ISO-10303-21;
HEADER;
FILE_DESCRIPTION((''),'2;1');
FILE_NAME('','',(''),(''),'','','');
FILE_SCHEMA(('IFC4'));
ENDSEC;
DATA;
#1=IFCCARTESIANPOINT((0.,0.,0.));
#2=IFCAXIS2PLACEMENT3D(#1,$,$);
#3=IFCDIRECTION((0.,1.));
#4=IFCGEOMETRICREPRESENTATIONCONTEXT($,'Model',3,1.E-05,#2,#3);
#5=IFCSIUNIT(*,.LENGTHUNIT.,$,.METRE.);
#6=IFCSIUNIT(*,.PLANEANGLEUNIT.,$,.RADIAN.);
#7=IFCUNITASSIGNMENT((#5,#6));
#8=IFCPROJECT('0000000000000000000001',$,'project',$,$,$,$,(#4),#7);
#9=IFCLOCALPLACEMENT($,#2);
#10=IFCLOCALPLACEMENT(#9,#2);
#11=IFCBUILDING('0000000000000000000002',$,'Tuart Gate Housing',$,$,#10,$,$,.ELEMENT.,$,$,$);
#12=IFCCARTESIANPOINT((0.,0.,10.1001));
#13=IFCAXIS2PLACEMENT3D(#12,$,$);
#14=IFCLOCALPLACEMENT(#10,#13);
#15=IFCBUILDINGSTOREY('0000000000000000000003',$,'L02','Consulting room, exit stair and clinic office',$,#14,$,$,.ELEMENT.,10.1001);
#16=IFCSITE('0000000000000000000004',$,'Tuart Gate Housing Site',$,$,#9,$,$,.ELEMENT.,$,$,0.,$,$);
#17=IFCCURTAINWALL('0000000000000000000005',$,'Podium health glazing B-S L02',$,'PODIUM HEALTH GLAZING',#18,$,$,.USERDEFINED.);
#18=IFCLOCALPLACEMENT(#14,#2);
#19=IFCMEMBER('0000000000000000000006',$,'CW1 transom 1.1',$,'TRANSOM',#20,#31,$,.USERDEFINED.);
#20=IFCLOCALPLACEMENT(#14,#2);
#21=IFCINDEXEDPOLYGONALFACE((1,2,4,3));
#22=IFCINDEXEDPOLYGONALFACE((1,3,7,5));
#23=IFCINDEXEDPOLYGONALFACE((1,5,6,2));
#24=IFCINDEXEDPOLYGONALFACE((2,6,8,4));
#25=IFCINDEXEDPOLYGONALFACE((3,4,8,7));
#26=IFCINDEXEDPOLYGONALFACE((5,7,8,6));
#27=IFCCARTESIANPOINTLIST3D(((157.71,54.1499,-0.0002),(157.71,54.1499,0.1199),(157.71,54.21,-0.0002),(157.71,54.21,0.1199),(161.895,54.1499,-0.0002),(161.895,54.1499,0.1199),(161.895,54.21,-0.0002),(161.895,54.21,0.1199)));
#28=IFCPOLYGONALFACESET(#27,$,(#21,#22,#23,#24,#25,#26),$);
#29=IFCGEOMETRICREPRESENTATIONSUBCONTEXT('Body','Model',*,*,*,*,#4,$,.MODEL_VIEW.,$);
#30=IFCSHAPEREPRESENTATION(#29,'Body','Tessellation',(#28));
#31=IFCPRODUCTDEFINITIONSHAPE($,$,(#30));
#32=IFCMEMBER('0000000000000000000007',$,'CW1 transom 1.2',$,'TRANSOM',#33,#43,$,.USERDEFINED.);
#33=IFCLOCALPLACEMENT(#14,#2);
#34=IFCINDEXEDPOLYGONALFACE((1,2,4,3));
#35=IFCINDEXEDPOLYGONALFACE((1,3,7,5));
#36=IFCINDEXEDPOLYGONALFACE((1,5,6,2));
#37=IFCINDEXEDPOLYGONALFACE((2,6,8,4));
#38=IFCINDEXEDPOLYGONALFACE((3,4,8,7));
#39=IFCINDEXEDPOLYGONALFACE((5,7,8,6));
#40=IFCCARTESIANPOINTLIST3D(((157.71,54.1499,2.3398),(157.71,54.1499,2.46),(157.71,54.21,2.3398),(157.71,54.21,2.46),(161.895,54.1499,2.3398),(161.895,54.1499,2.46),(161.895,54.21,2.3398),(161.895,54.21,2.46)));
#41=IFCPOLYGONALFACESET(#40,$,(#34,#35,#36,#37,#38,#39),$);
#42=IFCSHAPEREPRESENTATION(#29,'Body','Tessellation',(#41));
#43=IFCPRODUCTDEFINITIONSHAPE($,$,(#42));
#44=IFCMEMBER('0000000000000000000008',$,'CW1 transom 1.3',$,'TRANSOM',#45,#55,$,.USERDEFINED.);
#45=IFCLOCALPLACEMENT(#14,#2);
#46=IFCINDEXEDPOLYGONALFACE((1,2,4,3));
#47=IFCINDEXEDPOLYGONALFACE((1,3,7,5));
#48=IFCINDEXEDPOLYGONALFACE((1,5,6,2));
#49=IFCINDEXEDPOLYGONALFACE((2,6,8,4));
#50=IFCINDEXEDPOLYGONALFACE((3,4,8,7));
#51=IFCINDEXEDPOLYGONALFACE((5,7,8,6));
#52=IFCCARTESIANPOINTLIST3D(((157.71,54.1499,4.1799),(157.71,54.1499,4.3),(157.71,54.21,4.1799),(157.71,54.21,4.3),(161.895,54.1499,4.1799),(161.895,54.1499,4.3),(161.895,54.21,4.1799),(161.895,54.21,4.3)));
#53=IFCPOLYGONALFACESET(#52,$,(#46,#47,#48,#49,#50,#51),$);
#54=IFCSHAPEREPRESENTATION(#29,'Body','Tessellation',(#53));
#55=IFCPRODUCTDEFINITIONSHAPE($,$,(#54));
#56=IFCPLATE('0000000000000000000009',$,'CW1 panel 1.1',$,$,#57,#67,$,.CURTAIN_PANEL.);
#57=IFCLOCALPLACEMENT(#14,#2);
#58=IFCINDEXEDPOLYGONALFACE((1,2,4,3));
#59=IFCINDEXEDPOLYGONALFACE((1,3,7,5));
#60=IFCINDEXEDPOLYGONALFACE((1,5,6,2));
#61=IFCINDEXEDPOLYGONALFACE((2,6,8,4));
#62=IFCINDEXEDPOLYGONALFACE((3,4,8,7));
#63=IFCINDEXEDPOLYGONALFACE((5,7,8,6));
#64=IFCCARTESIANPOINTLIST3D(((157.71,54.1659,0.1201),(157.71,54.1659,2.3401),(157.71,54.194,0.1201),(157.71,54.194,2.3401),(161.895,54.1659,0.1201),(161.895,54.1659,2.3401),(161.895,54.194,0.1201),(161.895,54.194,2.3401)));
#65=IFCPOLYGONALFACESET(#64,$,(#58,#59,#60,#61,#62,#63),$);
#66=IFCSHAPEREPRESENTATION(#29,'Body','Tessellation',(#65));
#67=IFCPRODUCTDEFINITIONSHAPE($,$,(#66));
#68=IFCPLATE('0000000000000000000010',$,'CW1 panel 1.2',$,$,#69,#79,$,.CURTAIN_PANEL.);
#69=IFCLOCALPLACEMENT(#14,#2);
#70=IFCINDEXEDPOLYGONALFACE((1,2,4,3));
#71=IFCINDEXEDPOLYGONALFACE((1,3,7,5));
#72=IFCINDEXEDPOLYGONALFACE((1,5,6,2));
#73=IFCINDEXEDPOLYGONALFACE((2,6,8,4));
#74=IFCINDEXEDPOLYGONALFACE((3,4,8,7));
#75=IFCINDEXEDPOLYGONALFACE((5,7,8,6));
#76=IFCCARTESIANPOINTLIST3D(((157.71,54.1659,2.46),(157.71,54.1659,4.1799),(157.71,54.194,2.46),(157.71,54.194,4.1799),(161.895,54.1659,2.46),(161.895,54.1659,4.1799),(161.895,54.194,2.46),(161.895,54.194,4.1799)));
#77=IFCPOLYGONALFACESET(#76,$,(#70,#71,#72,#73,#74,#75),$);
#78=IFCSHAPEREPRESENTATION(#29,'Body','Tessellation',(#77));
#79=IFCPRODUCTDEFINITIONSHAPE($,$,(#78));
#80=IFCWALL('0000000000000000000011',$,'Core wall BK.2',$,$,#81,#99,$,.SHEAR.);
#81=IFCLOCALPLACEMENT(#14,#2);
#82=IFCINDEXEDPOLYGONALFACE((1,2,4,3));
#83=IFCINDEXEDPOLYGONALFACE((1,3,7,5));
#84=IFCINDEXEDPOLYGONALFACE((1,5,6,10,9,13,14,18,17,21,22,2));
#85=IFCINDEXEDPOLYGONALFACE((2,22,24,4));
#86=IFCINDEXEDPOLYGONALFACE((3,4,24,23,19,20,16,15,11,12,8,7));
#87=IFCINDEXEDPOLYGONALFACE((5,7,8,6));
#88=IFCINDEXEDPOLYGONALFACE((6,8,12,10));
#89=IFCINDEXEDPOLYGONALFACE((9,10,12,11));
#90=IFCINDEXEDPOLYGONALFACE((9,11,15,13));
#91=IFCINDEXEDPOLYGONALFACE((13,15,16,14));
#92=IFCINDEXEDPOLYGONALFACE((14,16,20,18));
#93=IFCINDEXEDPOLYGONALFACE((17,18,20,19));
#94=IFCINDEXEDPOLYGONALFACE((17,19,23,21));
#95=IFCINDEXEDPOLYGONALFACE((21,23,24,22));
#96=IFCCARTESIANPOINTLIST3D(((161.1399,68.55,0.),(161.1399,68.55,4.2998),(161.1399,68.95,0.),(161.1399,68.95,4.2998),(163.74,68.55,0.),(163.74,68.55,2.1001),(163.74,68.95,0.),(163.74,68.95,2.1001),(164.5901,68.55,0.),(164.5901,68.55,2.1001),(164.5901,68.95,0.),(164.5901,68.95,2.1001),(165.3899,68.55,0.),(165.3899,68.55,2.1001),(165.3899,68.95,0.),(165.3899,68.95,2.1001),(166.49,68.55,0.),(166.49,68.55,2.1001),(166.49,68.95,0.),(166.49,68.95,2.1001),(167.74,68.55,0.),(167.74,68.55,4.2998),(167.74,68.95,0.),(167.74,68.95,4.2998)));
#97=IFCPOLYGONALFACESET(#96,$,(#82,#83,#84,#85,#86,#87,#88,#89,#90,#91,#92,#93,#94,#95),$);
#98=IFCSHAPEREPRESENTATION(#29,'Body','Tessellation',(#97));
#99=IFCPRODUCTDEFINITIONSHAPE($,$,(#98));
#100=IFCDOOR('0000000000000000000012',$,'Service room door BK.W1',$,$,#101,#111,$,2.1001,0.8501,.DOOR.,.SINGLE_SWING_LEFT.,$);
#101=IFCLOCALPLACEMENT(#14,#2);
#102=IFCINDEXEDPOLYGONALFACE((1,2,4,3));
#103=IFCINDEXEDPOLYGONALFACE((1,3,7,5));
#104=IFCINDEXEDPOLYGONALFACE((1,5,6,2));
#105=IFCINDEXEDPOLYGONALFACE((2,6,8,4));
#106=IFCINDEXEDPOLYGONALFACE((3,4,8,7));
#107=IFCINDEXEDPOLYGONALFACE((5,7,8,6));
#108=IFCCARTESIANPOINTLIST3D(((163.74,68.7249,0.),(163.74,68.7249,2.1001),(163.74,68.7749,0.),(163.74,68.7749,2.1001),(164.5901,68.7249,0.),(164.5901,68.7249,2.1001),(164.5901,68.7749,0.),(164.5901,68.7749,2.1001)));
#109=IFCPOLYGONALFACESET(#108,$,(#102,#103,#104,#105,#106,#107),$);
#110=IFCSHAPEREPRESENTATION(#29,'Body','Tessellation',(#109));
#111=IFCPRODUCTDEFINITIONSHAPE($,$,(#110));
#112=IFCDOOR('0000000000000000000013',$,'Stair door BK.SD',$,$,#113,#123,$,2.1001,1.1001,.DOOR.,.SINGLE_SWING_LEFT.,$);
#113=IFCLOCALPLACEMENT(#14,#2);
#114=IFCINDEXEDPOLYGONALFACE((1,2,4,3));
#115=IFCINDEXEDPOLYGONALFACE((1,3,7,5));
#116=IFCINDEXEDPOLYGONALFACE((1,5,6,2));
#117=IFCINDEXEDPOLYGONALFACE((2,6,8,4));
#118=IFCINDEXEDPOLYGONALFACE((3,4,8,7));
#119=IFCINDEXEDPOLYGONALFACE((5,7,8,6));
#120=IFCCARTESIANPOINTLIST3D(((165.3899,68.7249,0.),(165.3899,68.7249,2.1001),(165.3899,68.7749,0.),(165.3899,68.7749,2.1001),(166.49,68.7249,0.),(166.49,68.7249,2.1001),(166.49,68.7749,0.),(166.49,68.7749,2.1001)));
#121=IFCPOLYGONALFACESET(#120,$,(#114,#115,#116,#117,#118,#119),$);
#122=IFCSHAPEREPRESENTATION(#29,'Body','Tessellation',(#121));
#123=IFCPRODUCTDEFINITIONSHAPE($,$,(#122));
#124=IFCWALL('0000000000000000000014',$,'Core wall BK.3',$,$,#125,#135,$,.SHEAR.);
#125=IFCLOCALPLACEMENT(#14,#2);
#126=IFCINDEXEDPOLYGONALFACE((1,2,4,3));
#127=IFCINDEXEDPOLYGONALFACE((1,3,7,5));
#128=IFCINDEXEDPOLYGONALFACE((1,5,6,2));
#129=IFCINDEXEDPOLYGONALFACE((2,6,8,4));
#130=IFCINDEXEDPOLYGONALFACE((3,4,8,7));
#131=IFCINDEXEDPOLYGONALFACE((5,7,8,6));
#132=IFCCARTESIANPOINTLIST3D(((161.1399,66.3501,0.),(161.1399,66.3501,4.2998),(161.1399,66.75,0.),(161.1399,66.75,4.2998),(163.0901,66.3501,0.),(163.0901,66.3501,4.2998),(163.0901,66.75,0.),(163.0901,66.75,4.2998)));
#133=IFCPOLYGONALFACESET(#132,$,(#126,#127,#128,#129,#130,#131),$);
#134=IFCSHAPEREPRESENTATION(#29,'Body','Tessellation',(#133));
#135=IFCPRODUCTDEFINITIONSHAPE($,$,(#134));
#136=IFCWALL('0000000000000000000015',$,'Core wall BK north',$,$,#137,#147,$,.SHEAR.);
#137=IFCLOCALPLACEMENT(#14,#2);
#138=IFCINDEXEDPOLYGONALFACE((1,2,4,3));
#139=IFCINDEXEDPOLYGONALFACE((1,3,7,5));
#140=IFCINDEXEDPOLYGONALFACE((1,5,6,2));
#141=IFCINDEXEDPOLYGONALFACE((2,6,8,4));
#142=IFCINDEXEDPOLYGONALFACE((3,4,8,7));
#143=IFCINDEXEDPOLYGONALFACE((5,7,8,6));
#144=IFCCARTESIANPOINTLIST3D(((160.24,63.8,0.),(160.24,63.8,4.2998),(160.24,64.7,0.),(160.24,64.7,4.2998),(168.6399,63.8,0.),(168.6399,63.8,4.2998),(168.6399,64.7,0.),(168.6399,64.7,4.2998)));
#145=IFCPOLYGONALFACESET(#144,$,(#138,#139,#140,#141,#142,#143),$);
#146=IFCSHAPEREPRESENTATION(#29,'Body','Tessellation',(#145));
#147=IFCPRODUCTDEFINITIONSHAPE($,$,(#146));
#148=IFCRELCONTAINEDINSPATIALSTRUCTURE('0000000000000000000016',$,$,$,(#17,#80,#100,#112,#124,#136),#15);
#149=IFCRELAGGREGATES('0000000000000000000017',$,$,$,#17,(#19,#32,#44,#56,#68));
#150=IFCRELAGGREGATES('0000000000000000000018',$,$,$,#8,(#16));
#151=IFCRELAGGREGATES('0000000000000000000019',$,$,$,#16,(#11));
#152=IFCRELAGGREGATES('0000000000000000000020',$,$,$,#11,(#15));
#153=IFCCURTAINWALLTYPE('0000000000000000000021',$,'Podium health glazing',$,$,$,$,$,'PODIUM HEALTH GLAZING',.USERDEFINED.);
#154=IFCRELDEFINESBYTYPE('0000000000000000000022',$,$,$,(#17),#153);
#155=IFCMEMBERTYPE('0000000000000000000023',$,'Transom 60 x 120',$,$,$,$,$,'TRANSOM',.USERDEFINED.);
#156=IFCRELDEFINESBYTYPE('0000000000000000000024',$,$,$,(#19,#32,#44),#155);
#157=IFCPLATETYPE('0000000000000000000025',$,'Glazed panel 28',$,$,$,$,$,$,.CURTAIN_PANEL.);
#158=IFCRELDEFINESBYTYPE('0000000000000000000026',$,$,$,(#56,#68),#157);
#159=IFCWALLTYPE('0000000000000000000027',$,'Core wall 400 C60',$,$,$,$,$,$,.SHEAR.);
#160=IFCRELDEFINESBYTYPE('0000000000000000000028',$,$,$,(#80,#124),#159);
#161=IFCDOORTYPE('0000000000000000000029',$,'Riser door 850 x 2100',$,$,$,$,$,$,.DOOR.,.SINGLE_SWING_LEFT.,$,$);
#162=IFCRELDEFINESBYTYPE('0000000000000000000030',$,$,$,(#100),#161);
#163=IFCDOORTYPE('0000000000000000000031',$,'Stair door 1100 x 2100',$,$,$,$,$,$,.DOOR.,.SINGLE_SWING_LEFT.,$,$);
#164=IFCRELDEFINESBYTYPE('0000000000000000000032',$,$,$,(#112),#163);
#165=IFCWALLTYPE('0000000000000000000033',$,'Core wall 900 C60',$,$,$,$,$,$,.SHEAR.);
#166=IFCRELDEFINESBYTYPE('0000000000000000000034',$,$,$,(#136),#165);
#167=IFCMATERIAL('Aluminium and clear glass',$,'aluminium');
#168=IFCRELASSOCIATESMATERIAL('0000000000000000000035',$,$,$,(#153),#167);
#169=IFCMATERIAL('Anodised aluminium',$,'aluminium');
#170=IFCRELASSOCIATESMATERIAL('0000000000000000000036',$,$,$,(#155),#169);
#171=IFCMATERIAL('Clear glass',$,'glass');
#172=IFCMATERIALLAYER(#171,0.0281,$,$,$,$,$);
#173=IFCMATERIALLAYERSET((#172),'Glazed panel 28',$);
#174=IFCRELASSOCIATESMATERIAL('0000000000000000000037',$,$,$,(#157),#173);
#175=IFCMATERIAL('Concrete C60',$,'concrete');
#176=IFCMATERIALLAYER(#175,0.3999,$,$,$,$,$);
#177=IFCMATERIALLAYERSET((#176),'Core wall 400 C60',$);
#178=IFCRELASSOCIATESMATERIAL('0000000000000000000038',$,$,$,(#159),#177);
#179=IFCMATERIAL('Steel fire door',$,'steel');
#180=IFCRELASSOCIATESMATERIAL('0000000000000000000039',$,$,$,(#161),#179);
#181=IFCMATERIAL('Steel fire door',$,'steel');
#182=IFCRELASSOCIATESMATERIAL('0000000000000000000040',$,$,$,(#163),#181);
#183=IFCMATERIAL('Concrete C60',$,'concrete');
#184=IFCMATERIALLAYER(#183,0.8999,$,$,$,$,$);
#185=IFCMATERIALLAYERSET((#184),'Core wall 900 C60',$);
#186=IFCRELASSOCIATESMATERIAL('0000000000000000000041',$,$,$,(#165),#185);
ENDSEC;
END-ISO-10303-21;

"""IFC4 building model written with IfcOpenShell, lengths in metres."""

from ifc_helpers import new_model, si_unit, direction, frame, frame_2d, origin, origin_2d, place, context, subcontext, project, spatial, rectangle, extrude, material, layer, layer_set, material_profile, profile_set, type_object, element, fill, aggregate, save


model = new_model("IFC4")

# Units and contexts
model_context = context("Model", 3, precision=1e-05, world=origin(), true_north=direction((0.0, 1.0)))
body_context = subcontext(model_context, "Body", "Model", "MODEL_VIEW")
ifc_project = project(units=[si_unit("LENGTHUNIT", "METRE"), si_unit("PLANEANGLEUNIT", "RADIAN")], contexts=[model_context])

# Site, building, storey
site_placement = place(None, origin())
site = spatial("IfcSite", under=ifc_project, at=site_placement, Name="Tuart Gate Housing Site", CompositionType="ELEMENT", RefElevation=0.0)
building_placement = place(site_placement, origin())
building = spatial("IfcBuilding", under=site, at=building_placement, Name="Tuart Gate Housing", CompositionType="ELEMENT")
storey_placement = place(building_placement, frame((0.0, 0.0, 10.1001)))
storey = spatial("IfcBuildingStorey", under=building, at=storey_placement, Name="L02", Description="Consulting room, exit stair and clinic office", CompositionType="ELEMENT", Elevation=10.1001)

# Curtain wall, members, plates
ifc_material_1 = material(Name="Aluminium and clear glass", Category="aluminium")
curtain_wall_type = type_object("IfcCurtainWallType", Name="Podium health glazing", ElementType="PODIUM HEALTH GLAZING", PredefinedType="USERDEFINED", material=ifc_material_1)
curtain_wall_placement = place(storey_placement, origin())
curtain_wall = element("IfcCurtainWall", 1, at=curtain_wall_placement, inside=storey, type_object=curtain_wall_type, Name="Podium health glazing B-S L02", ObjectType="PODIUM HEALTH GLAZING", PredefinedType="USERDEFINED")
ifc_material_2 = material(Name="Anodised aluminium", Category="aluminium")
ifc_material_profile = material_profile(ifc_material_2, rectangle(XDim=0.0601, YDim=0.1201, at=origin_2d()), Name="60x120")
ifc_profile_set = profile_set([ifc_material_profile], Name="Anodised aluminium")
member_type = type_object("IfcMemberType", Name="Transom 60 x 120", ElementType="TRANSOM", PredefinedType="USERDEFINED", material=ifc_profile_set)
member_1_placement = place(storey_placement, frame((157.71, 54.1799, 0.0598), z_axis=(1.0, 0.0, 0.0), x_axis=(0.0, 1.0, 0.0)))
member_1 = element("IfcMember", 2, at=member_1_placement, type_object=member_type, Name="CW1 transom 1.1", ObjectType="TRANSOM", PredefinedType="USERDEFINED", context=body_context, shape_type="SweptSolid", body=[
    extrude(rectangle(XDim=0.0601, YDim=0.1201, at=origin_2d()), origin(), (0.0, 0.0, 1.0), 4.1851),
])
member_2_placement = place(storey_placement, frame((157.71, 54.1799, 2.3999), z_axis=(1.0, 0.0, 0.0), x_axis=(0.0, 1.0, 0.0)))
member_2 = element("IfcMember", 3, at=member_2_placement, type_object=member_type, Name="CW1 transom 1.2", ObjectType="TRANSOM", PredefinedType="USERDEFINED", context=body_context, shape_type="SweptSolid", body=[
    extrude(rectangle(XDim=0.0601, YDim=0.1201, at=origin_2d()), origin(), (0.0, 0.0, 1.0), 4.1851),
])
member_3_placement = place(storey_placement, frame((157.71, 54.1799, 4.24), z_axis=(1.0, 0.0, 0.0), x_axis=(0.0, 1.0, 0.0)))
member_3 = element("IfcMember", 4, at=member_3_placement, type_object=member_type, Name="CW1 transom 1.3", ObjectType="TRANSOM", PredefinedType="USERDEFINED", context=body_context, shape_type="SweptSolid", body=[
    extrude(rectangle(XDim=0.0601, YDim=0.1201, at=origin_2d()), origin(), (0.0, 0.0, 1.0), 4.1851),
])
ifc_material_3 = material(Name="Clear glass", Category="glass")
ifc_layer_1 = layer(ifc_material_3, 0.0281)
ifc_layer_set_1 = layer_set([ifc_layer_1], Name="Glazed panel 28")
plate_type = type_object("IfcPlateType", Name="Glazed panel 28", PredefinedType="CURTAIN_PANEL", material=ifc_layer_set_1)
plate_1_placement = place(storey_placement, frame((159.8025, 54.1799, 0.1201), z_axis=(0.0, 0.0, 1.0), x_axis=(1.0, 0.0, 0.0)))
plate_1 = element("IfcPlate", 5, at=plate_1_placement, type_object=plate_type, Name="CW1 panel 1.1", PredefinedType="CURTAIN_PANEL", context=body_context, shape_type="SweptSolid", body=[
    extrude(rectangle(XDim=4.1851, YDim=0.0281, at=origin_2d()), origin(), (0.0, 0.0, 1.0), 2.22),
])
plate_2_placement = place(storey_placement, frame((159.8025, 54.1799, 2.46), z_axis=(0.0, 0.0, 1.0), x_axis=(1.0, 0.0, 0.0)))
plate_2 = element("IfcPlate", 6, at=plate_2_placement, type_object=plate_type, Name="CW1 panel 1.2", PredefinedType="CURTAIN_PANEL", context=body_context, shape_type="SweptSolid", body=[
    extrude(rectangle(XDim=4.1851, YDim=0.0281, at=origin_2d()), origin(), (0.0, 0.0, 1.0), 1.72),
])
aggregate(curtain_wall, [member_1, member_2, member_3, plate_1, plate_2])

# Wall, openings, doors
ifc_material_4 = material(Name="Concrete C60", Category="concrete")
ifc_layer_2 = layer(ifc_material_4, 0.3999)
ifc_layer_set_2 = layer_set([ifc_layer_2], Name="Core wall 400 C60")
wall_type_1 = type_object("IfcWallType", Name="Core wall 400 C60", PredefinedType="SHEAR", material=ifc_layer_set_2)
wall_1_placement = place(storey_placement, frame((161.1399, 68.75, 0.0), z_axis=(0.0, 0.0, 1.0), x_axis=(1.0, 0.0, 0.0)))
wall_1 = element("IfcWall", 7, at=wall_1_placement, inside=storey, type_object=wall_type_1, Name="Core wall BK.2", PredefinedType="SHEAR", context=body_context, shape_type="SweptSolid", body=[
    extrude(rectangle(XDim=6.6001, YDim=0.3999, at=frame_2d((3.3, 0.0))), origin(), (0.0, 0.0, 1.0), 4.2998),
])
opening_1_placement = place(wall_1_placement, frame((4.25, 0.0, 0.0)))
opening_1 = element("IfcOpeningElement", 8, at=opening_1_placement, cuts=wall_1, PredefinedType="OPENING", context=body_context, shape_type="SweptSolid", body=[
    extrude(rectangle(XDim=1.1001, YDim=2.1001, at=frame_2d((0.55, 1.05))), frame((0.0, 0.21, 0.0), z_axis=(0.0, -1.0, 0.0), x_axis=(1.0, 0.0, 0.0)), (0.0, 0.0, 1.0), 0.4199),
])
opening_2_placement = place(wall_1_placement, frame((2.6001, 0.0, 0.0)))
opening_2 = element("IfcOpeningElement", 9, at=opening_2_placement, cuts=wall_1, PredefinedType="OPENING", context=body_context, shape_type="SweptSolid", body=[
    extrude(rectangle(XDim=0.8501, YDim=2.1001, at=frame_2d((0.425, 1.05))), frame((0.0, 0.21, 0.0), z_axis=(0.0, -1.0, 0.0), x_axis=(1.0, 0.0, 0.0)), (0.0, 0.0, 1.0), 0.4199),
])
ifc_material_5 = material(Name="Steel fire door", Category="steel")
door_type_1 = type_object("IfcDoorType", Name="Riser door 850 x 2100", OperationType="SINGLE_SWING_LEFT", PredefinedType="DOOR", material=ifc_material_5)
door_1_placement = place(opening_2_placement, origin())
door_1 = element("IfcDoor", 10, at=door_1_placement, inside=storey, type_object=door_type_1, Name="Service room door BK.W1", OperationType="SINGLE_SWING_LEFT", OverallHeight=2.1001, OverallWidth=0.8501, PredefinedType="DOOR", context=body_context, shape_type="SweptSolid", body=[
    extrude(rectangle(XDim=0.8501, YDim=2.1001, at=frame_2d((0.425, 1.05))), frame((0.0, 0.0249, 0.0), z_axis=(0.0, -1.0, 0.0), x_axis=(1.0, 0.0, 0.0)), (0.0, 0.0, 1.0), 0.05),
])
fill(opening_2, door_1)
ifc_material_6 = material(Name="Steel fire door", Category="steel")
door_type_2 = type_object("IfcDoorType", Name="Stair door 1100 x 2100", OperationType="SINGLE_SWING_LEFT", PredefinedType="DOOR", material=ifc_material_6)
door_2_placement = place(opening_1_placement, origin())
door_2 = element("IfcDoor", 11, at=door_2_placement, inside=storey, type_object=door_type_2, Name="Stair door BK.SD", OperationType="SINGLE_SWING_LEFT", OverallHeight=2.1001, OverallWidth=1.1001, PredefinedType="DOOR", context=body_context, shape_type="SweptSolid", body=[
    extrude(rectangle(XDim=1.1001, YDim=2.1001, at=frame_2d((0.55, 1.05))), frame((0.0, 0.0249, 0.0), z_axis=(0.0, -1.0, 0.0), x_axis=(1.0, 0.0, 0.0)), (0.0, 0.0, 1.0), 0.05),
])
fill(opening_1, door_2)

# Walls
wall_2_placement = place(storey_placement, frame((161.1399, 66.55, 0.0), z_axis=(0.0, 0.0, 1.0), x_axis=(1.0, 0.0, 0.0)))
element("IfcWall", 12, at=wall_2_placement, inside=storey, type_object=wall_type_1, Name="Core wall BK.3", PredefinedType="SHEAR", context=body_context, shape_type="SweptSolid", body=[
    extrude(rectangle(XDim=1.9502, YDim=0.3999, at=frame_2d((0.9751, 0.0))), origin(), (0.0, 0.0, 1.0), 4.2998),
])
ifc_material_7 = material(Name="Concrete C60", Category="concrete")
ifc_layer_3 = layer(ifc_material_7, 0.8999)
ifc_layer_set_3 = layer_set([ifc_layer_3], Name="Core wall 900 C60")
wall_type_2 = type_object("IfcWallType", Name="Core wall 900 C60", PredefinedType="SHEAR", material=ifc_layer_set_3)
wall_3_placement = place(storey_placement, frame((160.24, 64.25, 0.0), z_axis=(0.0, 0.0, 1.0), x_axis=(1.0, 0.0, 0.0)))
element("IfcWall", 13, at=wall_3_placement, inside=storey, type_object=wall_type_2, Name="Core wall BK north", PredefinedType="SHEAR", context=body_context, shape_type="SweptSolid", body=[
    extrude(rectangle(XDim=8.3999, YDim=0.8999, at=frame_2d((4.2, 0.0))), origin(), (0.0, 0.0, 1.0), 4.2998),
])

save(model, "model.ifc")
